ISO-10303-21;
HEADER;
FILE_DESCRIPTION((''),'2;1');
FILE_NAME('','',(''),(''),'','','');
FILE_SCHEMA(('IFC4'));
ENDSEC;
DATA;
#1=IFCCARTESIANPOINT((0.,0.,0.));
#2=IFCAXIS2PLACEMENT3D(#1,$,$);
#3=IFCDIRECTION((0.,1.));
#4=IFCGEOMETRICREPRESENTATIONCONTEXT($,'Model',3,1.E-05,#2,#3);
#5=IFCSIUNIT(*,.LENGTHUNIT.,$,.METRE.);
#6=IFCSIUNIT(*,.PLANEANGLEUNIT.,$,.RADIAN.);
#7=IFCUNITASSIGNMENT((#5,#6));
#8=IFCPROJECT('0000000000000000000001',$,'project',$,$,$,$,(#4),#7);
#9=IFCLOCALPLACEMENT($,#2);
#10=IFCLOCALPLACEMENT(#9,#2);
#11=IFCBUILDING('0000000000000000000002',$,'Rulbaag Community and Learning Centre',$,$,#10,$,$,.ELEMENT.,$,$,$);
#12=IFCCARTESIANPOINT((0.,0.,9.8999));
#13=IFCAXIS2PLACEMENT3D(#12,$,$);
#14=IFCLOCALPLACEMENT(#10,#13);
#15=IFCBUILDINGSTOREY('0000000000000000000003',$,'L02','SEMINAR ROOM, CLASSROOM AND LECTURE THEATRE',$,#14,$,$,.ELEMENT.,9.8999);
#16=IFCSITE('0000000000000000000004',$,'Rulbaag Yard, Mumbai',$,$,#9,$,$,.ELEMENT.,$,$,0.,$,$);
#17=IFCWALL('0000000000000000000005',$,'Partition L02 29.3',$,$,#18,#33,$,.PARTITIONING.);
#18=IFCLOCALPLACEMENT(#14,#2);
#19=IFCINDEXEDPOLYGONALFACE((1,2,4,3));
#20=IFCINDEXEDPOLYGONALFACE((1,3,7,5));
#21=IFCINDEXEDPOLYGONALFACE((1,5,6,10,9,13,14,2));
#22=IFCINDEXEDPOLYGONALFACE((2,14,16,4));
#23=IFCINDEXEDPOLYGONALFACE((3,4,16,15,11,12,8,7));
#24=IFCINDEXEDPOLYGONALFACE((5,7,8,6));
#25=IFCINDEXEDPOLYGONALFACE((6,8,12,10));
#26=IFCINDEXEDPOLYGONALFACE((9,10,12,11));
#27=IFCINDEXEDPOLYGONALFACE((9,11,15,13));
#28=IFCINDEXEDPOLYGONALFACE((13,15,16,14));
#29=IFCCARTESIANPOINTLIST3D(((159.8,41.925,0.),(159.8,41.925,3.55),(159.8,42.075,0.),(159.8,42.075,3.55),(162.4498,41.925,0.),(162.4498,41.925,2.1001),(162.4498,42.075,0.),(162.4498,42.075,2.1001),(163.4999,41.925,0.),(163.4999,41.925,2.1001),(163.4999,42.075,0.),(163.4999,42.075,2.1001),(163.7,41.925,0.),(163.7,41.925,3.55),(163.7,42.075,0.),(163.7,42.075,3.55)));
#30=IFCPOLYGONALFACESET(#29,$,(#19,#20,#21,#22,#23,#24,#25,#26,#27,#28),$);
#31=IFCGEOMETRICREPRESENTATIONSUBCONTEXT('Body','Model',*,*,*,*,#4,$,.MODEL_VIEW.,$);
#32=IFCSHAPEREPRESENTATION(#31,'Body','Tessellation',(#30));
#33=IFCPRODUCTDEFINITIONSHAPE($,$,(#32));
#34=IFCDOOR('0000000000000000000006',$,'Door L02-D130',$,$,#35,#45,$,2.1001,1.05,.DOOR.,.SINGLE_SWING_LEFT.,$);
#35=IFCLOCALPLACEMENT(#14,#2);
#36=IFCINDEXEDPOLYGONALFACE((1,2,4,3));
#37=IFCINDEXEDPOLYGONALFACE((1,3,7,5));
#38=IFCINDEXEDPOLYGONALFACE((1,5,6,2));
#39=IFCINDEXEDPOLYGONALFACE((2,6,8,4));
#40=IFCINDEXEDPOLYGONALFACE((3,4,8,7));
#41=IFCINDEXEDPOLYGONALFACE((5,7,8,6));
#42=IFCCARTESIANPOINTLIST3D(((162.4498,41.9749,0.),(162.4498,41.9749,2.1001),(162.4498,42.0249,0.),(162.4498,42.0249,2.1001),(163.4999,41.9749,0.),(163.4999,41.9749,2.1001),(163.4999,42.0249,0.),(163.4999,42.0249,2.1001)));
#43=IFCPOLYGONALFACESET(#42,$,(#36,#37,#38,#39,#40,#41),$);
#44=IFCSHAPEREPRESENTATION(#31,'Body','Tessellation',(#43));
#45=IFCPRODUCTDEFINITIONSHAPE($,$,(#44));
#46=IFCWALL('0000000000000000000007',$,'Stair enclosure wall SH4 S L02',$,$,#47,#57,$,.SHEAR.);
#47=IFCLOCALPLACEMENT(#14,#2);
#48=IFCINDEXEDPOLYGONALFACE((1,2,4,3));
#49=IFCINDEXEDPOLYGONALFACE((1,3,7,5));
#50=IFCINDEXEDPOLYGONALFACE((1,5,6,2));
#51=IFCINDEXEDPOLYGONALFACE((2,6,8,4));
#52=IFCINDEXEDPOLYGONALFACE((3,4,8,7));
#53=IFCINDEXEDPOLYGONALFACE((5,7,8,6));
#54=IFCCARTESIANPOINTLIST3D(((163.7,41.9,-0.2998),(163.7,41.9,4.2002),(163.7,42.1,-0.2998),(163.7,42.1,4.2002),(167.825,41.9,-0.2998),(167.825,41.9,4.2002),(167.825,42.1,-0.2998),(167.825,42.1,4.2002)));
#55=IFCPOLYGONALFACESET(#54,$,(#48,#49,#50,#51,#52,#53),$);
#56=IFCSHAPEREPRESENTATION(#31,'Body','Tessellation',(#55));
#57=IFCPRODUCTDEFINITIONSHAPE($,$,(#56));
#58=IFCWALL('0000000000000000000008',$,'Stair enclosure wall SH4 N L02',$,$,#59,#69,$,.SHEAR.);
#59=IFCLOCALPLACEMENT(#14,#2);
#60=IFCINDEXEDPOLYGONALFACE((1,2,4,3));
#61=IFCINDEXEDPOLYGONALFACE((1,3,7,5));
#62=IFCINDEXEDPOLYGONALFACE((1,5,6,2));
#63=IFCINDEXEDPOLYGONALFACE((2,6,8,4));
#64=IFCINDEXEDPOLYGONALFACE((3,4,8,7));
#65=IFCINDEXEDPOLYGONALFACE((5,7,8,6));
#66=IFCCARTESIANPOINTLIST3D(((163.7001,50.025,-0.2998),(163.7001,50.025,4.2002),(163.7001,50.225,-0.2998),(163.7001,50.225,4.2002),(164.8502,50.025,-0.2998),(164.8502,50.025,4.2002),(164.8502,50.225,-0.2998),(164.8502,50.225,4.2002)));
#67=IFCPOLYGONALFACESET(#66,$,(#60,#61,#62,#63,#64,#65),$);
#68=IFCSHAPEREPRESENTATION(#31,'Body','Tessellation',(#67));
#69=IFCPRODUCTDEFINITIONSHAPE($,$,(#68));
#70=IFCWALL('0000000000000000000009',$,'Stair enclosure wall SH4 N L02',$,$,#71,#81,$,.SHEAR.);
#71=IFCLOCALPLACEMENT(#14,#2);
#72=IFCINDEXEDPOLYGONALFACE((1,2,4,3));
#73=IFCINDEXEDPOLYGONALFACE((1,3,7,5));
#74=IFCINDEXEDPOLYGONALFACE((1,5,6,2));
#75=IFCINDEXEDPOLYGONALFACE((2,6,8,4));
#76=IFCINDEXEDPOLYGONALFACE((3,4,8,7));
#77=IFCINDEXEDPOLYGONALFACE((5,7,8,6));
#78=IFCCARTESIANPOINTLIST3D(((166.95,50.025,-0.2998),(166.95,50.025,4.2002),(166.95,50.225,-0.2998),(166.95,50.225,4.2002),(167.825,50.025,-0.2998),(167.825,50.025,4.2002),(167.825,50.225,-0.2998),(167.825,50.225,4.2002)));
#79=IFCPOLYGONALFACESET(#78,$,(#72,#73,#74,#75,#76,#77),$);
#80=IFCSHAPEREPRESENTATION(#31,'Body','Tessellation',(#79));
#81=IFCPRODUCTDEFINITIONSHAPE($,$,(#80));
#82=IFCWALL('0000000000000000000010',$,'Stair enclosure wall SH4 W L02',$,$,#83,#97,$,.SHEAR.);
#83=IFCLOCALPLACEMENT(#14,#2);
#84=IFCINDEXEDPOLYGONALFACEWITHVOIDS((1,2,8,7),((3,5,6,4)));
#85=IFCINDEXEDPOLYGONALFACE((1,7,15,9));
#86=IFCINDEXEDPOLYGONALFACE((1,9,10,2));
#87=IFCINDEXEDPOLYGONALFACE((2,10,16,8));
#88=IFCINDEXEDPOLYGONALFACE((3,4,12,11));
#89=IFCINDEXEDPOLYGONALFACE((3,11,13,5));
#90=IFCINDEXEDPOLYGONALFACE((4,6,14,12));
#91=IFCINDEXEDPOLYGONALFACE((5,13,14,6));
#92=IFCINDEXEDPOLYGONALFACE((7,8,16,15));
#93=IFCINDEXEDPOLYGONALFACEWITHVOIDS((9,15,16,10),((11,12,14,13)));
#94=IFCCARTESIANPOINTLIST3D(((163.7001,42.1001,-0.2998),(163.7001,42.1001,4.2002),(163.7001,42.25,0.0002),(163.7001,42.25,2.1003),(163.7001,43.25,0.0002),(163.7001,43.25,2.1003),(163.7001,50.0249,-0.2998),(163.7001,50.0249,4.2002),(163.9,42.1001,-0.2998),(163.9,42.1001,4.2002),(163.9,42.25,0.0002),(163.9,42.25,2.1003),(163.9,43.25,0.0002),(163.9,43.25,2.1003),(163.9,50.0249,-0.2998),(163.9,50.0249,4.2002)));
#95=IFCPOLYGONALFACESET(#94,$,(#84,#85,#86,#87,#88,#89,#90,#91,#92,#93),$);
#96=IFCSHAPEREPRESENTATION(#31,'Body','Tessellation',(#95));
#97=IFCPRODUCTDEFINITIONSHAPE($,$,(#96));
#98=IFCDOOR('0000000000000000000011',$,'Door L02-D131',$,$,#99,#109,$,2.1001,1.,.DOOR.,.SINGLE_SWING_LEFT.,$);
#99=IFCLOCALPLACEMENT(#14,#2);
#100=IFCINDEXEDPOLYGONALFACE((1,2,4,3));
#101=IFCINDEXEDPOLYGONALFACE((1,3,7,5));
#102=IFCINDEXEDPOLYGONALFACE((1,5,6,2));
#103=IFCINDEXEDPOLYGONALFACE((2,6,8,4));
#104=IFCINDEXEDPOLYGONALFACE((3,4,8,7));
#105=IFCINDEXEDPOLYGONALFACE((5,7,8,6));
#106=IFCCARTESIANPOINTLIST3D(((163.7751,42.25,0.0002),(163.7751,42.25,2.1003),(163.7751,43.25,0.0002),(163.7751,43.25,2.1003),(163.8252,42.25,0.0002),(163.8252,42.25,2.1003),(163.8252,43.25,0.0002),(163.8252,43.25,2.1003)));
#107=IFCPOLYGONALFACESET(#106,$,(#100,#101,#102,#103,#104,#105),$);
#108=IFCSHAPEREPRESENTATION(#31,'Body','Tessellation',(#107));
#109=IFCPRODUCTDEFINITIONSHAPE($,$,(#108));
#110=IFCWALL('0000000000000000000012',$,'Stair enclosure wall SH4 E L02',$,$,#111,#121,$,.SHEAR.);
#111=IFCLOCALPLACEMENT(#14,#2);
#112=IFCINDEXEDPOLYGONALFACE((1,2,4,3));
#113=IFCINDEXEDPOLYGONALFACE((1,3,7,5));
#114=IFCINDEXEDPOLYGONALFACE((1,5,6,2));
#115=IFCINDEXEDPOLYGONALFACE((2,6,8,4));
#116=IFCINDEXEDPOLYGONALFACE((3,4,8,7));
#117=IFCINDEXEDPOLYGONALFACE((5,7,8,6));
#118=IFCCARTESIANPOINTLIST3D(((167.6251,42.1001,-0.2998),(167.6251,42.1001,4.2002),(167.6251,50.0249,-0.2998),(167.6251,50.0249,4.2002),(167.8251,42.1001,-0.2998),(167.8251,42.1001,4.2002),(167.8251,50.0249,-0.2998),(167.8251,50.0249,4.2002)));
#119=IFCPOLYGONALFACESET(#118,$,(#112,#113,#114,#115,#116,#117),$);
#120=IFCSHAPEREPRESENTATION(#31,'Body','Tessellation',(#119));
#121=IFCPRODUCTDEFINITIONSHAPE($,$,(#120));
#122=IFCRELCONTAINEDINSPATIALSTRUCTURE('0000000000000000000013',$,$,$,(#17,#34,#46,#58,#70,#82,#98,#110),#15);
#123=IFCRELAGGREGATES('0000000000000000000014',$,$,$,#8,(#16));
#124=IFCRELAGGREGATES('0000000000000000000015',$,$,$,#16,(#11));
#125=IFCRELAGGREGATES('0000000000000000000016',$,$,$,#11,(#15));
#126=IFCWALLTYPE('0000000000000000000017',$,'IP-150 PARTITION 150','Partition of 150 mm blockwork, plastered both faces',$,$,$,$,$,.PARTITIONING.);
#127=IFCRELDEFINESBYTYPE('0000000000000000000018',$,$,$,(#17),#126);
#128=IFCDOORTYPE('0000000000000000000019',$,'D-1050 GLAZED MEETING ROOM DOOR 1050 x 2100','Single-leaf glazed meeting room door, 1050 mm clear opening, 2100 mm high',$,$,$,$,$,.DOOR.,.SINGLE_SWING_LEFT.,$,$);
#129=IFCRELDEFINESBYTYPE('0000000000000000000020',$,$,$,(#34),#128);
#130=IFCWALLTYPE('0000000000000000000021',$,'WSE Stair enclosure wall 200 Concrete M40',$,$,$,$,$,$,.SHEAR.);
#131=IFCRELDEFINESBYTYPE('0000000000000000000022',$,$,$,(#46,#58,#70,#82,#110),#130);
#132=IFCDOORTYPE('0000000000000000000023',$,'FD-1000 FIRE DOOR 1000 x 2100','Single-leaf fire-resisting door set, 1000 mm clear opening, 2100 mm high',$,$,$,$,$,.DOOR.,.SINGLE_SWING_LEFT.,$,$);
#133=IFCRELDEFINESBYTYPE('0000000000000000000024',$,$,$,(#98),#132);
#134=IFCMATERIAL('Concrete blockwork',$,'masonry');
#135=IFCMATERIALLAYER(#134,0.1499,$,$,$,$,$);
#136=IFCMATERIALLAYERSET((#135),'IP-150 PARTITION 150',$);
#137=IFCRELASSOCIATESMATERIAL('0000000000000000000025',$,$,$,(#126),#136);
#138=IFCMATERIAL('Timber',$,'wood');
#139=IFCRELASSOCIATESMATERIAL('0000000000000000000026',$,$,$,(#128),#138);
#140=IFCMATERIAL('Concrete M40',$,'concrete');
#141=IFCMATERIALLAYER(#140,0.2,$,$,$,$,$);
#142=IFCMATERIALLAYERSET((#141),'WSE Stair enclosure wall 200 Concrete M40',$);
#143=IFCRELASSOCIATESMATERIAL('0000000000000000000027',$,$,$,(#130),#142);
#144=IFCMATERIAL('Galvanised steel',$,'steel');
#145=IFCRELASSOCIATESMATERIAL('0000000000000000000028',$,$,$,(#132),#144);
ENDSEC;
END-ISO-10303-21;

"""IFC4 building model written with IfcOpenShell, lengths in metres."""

from ifc_helpers import new_model, si_unit, direction, frame, frame_2d, origin, place, context, subcontext, project, spatial, rectangle, extrude, material, layer, layer_set, type_object, element, fill, save


model = new_model("IFC4")

# Units and contexts
model_context = context("Model", 3, precision=1e-05, world=origin(), true_north=direction((0.0, 1.0)))
body_context = subcontext(model_context, "Body", "Model", "MODEL_VIEW")
ifc_project = project(units=[si_unit("LENGTHUNIT", "METRE"), si_unit("PLANEANGLEUNIT", "RADIAN")], contexts=[model_context])

# Site, building, storey
site_placement = place(None, origin())
site = spatial("IfcSite", under=ifc_project, at=site_placement, Name="Rulbaag Yard, Mumbai", CompositionType="ELEMENT", RefElevation=0.0)
building_placement = place(site_placement, origin())
building = spatial("IfcBuilding", under=site, at=building_placement, Name="Rulbaag Community and Learning Centre", CompositionType="ELEMENT")
storey_placement = place(building_placement, frame((0.0, 0.0, 9.8999)))
storey = spatial("IfcBuildingStorey", under=building, at=storey_placement, Name="L02", Description="SEMINAR ROOM, CLASSROOM AND LECTURE THEATRE", CompositionType="ELEMENT", Elevation=9.8999)

# Shared definitions
ifc_material_1 = material(Name="Concrete M40", Category="concrete")

# Wall, opening, door
ifc_material_2 = material(Name="Concrete blockwork", Category="masonry")
ifc_layer_1 = layer(ifc_material_2, 0.1499)
ifc_layer_set_1 = layer_set([ifc_layer_1], Name="IP-150 PARTITION 150")
wall_type_1 = type_object("IfcWallType", Name="IP-150 PARTITION 150", Description="Partition of 150 mm blockwork, plastered both faces", PredefinedType="PARTITIONING", material=ifc_layer_set_1)
wall_1_placement = place(storey_placement, frame((159.8, 42.0, 0.0), z_axis=(0.0, 0.0, 1.0), x_axis=(1.0, 0.0, 0.0)))
wall_1 = element("IfcWall", 1, at=wall_1_placement, inside=storey, type_object=wall_type_1, Name="Partition L02 29.3", PredefinedType="PARTITIONING", context=body_context, shape_type="SweptSolid", body=[
    extrude(rectangle(XDim=3.8999, YDim=0.1499, at=frame_2d((1.95, 0.0))), origin(), (0.0, 0.0, 1.0), 3.55),
])
opening_1_placement = place(wall_1_placement, frame((2.6499, 0.0, 0.0)))
opening_1 = element("IfcOpeningElement", 2, at=opening_1_placement, cuts=wall_1, PredefinedType="OPENING", context=body_context, shape_type="SweptSolid", body=[
    extrude(rectangle(XDim=1.05, YDim=2.1001, at=frame_2d((0.5249, 1.05))), frame((0.0, 0.085, 0.0), z_axis=(0.0, -1.0, 0.0), x_axis=(1.0, 0.0, 0.0)), (0.0, 0.0, 1.0), 0.1699),
])
ifc_material_3 = material(Name="Timber", Category="wood")
door_type_1 = type_object("IfcDoorType", Name="D-1050 GLAZED MEETING ROOM DOOR 1050 x 2100", Description="Single-leaf glazed meeting room door, 1050 mm clear opening, 2100 mm high", OperationType="SINGLE_SWING_LEFT", PredefinedType="DOOR", material=ifc_material_3)
door_1_placement = place(opening_1_placement, origin())
door_1 = element("IfcDoor", 3, at=door_1_placement, inside=storey, type_object=door_type_1, Name="Door L02-D130", OperationType="SINGLE_SWING_LEFT", OverallHeight=2.1001, OverallWidth=1.05, PredefinedType="DOOR", context=body_context, shape_type="SweptSolid", body=[
    extrude(rectangle(XDim=1.05, YDim=2.1001, at=frame_2d((0.5249, 1.05))), frame((0.0, 0.0249, 0.0), z_axis=(0.0, -1.0, 0.0), x_axis=(1.0, 0.0, 0.0)), (0.0, 0.0, 1.0), 0.05),
])
fill(opening_1, door_1)

# Walls
ifc_layer_2 = layer(ifc_material_1, 0.2)
ifc_layer_set_2 = layer_set([ifc_layer_2], Name="WSE Stair enclosure wall 200 Concrete M40")
wall_type_2 = type_object("IfcWallType", Name="WSE Stair enclosure wall 200 Concrete M40", PredefinedType="SHEAR", material=ifc_layer_set_2)
wall_2_placement = place(storey_placement, frame((163.7, 42.0, -0.2998), z_axis=(0.0, 0.0, 1.0), x_axis=(1.0, 0.0, 0.0)))
element("IfcWall", 4, at=wall_2_placement, inside=storey, type_object=wall_type_2, Name="Stair enclosure wall SH4 S L02", PredefinedType="SHEAR", context=body_context, shape_type="SweptSolid", body=[
    extrude(rectangle(XDim=4.125, YDim=0.2, at=frame_2d((2.0625, 0.0))), origin(), (0.0, 0.0, 1.0), 4.5),
])
wall_3_placement = place(storey_placement, frame((163.7, 50.125, -0.2998), z_axis=(0.0, 0.0, 1.0), x_axis=(1.0, 0.0, 0.0)))
element("IfcWall", 5, at=wall_3_placement, inside=storey, type_object=wall_type_2, Name="Stair enclosure wall SH4 N L02", PredefinedType="SHEAR", context=body_context, shape_type="SweptSolid", body=[
    extrude(rectangle(XDim=1.1501, YDim=0.2, at=frame_2d((0.5752, 0.0))), origin(), (0.0, 0.0, 1.0), 4.5),
])
wall_4_placement = place(storey_placement, frame((166.95, 50.125, -0.2998), z_axis=(0.0, 0.0, 1.0), x_axis=(1.0, 0.0, 0.0)))
element("IfcWall", 6, at=wall_4_placement, inside=storey, type_object=wall_type_2, Name="Stair enclosure wall SH4 N L02", PredefinedType="SHEAR", context=body_context, shape_type="SweptSolid", body=[
    extrude(rectangle(XDim=0.875, YDim=0.2, at=frame_2d((0.4375, 0.0))), origin(), (0.0, 0.0, 1.0), 4.5),
])

# Wall, opening, door
wall_5_placement = place(storey_placement, frame((163.8, 42.1001, -0.2998), z_axis=(0.0, 0.0, 1.0), x_axis=(0.0, 1.0, 0.0)))
wall_5 = element("IfcWall", 7, at=wall_5_placement, inside=storey, type_object=wall_type_2, Name="Stair enclosure wall SH4 W L02", PredefinedType="SHEAR", context=body_context, shape_type="SweptSolid", body=[
    extrude(rectangle(XDim=7.9248, YDim=0.2, at=frame_2d((3.9624, 0.0))), origin(), (0.0, 0.0, 1.0), 4.5),
])
opening_2_placement = place(wall_5_placement, frame((0.1499, 0.0, 0.3)))
opening_2 = element("IfcOpeningElement", 8, at=opening_2_placement, cuts=wall_5, PredefinedType="OPENING", context=body_context, shape_type="SweptSolid", body=[
    extrude(rectangle(XDim=1.0, YDim=2.1001, at=frame_2d((0.5, 1.05))), frame((0.0, 0.1099, 0.0), z_axis=(0.0, -1.0, 0.0), x_axis=(1.0, 0.0, 0.0)), (0.0, 0.0, 1.0), 0.22),
])
ifc_material_4 = material(Name="Galvanised steel", Category="steel")
door_type_2 = type_object("IfcDoorType", Name="FD-1000 FIRE DOOR 1000 x 2100", Description="Single-leaf fire-resisting door set, 1000 mm clear opening, 2100 mm high", OperationType="SINGLE_SWING_LEFT", PredefinedType="DOOR", material=ifc_material_4)
door_2_placement = place(opening_2_placement, origin())
door_2 = element("IfcDoor", 9, at=door_2_placement, inside=storey, type_object=door_type_2, Name="Door L02-D131", OperationType="SINGLE_SWING_LEFT", OverallHeight=2.1001, OverallWidth=1.0, PredefinedType="DOOR", context=body_context, shape_type="SweptSolid", body=[
    extrude(rectangle(XDim=1.0, YDim=2.1001, at=frame_2d((0.5, 1.05))), frame((0.0, 0.0249, 0.0), z_axis=(0.0, -1.0, 0.0), x_axis=(1.0, 0.0, 0.0)), (0.0, 0.0, 1.0), 0.05),
])
fill(opening_2, door_2)

# Wall
wall_6_placement = place(storey_placement, frame((167.7251, 42.1001, -0.2998), z_axis=(0.0, 0.0, 1.0), x_axis=(0.0, 1.0, 0.0)))
element("IfcWall", 10, at=wall_6_placement, inside=storey, type_object=wall_type_2, Name="Stair enclosure wall SH4 E L02", PredefinedType="SHEAR", context=body_context, shape_type="SweptSolid", body=[
    extrude(rectangle(XDim=7.9248, YDim=0.2, at=frame_2d((3.9624, 0.0))), origin(), (0.0, 0.0, 1.0), 4.5),
])

save(model, "model.ifc")
